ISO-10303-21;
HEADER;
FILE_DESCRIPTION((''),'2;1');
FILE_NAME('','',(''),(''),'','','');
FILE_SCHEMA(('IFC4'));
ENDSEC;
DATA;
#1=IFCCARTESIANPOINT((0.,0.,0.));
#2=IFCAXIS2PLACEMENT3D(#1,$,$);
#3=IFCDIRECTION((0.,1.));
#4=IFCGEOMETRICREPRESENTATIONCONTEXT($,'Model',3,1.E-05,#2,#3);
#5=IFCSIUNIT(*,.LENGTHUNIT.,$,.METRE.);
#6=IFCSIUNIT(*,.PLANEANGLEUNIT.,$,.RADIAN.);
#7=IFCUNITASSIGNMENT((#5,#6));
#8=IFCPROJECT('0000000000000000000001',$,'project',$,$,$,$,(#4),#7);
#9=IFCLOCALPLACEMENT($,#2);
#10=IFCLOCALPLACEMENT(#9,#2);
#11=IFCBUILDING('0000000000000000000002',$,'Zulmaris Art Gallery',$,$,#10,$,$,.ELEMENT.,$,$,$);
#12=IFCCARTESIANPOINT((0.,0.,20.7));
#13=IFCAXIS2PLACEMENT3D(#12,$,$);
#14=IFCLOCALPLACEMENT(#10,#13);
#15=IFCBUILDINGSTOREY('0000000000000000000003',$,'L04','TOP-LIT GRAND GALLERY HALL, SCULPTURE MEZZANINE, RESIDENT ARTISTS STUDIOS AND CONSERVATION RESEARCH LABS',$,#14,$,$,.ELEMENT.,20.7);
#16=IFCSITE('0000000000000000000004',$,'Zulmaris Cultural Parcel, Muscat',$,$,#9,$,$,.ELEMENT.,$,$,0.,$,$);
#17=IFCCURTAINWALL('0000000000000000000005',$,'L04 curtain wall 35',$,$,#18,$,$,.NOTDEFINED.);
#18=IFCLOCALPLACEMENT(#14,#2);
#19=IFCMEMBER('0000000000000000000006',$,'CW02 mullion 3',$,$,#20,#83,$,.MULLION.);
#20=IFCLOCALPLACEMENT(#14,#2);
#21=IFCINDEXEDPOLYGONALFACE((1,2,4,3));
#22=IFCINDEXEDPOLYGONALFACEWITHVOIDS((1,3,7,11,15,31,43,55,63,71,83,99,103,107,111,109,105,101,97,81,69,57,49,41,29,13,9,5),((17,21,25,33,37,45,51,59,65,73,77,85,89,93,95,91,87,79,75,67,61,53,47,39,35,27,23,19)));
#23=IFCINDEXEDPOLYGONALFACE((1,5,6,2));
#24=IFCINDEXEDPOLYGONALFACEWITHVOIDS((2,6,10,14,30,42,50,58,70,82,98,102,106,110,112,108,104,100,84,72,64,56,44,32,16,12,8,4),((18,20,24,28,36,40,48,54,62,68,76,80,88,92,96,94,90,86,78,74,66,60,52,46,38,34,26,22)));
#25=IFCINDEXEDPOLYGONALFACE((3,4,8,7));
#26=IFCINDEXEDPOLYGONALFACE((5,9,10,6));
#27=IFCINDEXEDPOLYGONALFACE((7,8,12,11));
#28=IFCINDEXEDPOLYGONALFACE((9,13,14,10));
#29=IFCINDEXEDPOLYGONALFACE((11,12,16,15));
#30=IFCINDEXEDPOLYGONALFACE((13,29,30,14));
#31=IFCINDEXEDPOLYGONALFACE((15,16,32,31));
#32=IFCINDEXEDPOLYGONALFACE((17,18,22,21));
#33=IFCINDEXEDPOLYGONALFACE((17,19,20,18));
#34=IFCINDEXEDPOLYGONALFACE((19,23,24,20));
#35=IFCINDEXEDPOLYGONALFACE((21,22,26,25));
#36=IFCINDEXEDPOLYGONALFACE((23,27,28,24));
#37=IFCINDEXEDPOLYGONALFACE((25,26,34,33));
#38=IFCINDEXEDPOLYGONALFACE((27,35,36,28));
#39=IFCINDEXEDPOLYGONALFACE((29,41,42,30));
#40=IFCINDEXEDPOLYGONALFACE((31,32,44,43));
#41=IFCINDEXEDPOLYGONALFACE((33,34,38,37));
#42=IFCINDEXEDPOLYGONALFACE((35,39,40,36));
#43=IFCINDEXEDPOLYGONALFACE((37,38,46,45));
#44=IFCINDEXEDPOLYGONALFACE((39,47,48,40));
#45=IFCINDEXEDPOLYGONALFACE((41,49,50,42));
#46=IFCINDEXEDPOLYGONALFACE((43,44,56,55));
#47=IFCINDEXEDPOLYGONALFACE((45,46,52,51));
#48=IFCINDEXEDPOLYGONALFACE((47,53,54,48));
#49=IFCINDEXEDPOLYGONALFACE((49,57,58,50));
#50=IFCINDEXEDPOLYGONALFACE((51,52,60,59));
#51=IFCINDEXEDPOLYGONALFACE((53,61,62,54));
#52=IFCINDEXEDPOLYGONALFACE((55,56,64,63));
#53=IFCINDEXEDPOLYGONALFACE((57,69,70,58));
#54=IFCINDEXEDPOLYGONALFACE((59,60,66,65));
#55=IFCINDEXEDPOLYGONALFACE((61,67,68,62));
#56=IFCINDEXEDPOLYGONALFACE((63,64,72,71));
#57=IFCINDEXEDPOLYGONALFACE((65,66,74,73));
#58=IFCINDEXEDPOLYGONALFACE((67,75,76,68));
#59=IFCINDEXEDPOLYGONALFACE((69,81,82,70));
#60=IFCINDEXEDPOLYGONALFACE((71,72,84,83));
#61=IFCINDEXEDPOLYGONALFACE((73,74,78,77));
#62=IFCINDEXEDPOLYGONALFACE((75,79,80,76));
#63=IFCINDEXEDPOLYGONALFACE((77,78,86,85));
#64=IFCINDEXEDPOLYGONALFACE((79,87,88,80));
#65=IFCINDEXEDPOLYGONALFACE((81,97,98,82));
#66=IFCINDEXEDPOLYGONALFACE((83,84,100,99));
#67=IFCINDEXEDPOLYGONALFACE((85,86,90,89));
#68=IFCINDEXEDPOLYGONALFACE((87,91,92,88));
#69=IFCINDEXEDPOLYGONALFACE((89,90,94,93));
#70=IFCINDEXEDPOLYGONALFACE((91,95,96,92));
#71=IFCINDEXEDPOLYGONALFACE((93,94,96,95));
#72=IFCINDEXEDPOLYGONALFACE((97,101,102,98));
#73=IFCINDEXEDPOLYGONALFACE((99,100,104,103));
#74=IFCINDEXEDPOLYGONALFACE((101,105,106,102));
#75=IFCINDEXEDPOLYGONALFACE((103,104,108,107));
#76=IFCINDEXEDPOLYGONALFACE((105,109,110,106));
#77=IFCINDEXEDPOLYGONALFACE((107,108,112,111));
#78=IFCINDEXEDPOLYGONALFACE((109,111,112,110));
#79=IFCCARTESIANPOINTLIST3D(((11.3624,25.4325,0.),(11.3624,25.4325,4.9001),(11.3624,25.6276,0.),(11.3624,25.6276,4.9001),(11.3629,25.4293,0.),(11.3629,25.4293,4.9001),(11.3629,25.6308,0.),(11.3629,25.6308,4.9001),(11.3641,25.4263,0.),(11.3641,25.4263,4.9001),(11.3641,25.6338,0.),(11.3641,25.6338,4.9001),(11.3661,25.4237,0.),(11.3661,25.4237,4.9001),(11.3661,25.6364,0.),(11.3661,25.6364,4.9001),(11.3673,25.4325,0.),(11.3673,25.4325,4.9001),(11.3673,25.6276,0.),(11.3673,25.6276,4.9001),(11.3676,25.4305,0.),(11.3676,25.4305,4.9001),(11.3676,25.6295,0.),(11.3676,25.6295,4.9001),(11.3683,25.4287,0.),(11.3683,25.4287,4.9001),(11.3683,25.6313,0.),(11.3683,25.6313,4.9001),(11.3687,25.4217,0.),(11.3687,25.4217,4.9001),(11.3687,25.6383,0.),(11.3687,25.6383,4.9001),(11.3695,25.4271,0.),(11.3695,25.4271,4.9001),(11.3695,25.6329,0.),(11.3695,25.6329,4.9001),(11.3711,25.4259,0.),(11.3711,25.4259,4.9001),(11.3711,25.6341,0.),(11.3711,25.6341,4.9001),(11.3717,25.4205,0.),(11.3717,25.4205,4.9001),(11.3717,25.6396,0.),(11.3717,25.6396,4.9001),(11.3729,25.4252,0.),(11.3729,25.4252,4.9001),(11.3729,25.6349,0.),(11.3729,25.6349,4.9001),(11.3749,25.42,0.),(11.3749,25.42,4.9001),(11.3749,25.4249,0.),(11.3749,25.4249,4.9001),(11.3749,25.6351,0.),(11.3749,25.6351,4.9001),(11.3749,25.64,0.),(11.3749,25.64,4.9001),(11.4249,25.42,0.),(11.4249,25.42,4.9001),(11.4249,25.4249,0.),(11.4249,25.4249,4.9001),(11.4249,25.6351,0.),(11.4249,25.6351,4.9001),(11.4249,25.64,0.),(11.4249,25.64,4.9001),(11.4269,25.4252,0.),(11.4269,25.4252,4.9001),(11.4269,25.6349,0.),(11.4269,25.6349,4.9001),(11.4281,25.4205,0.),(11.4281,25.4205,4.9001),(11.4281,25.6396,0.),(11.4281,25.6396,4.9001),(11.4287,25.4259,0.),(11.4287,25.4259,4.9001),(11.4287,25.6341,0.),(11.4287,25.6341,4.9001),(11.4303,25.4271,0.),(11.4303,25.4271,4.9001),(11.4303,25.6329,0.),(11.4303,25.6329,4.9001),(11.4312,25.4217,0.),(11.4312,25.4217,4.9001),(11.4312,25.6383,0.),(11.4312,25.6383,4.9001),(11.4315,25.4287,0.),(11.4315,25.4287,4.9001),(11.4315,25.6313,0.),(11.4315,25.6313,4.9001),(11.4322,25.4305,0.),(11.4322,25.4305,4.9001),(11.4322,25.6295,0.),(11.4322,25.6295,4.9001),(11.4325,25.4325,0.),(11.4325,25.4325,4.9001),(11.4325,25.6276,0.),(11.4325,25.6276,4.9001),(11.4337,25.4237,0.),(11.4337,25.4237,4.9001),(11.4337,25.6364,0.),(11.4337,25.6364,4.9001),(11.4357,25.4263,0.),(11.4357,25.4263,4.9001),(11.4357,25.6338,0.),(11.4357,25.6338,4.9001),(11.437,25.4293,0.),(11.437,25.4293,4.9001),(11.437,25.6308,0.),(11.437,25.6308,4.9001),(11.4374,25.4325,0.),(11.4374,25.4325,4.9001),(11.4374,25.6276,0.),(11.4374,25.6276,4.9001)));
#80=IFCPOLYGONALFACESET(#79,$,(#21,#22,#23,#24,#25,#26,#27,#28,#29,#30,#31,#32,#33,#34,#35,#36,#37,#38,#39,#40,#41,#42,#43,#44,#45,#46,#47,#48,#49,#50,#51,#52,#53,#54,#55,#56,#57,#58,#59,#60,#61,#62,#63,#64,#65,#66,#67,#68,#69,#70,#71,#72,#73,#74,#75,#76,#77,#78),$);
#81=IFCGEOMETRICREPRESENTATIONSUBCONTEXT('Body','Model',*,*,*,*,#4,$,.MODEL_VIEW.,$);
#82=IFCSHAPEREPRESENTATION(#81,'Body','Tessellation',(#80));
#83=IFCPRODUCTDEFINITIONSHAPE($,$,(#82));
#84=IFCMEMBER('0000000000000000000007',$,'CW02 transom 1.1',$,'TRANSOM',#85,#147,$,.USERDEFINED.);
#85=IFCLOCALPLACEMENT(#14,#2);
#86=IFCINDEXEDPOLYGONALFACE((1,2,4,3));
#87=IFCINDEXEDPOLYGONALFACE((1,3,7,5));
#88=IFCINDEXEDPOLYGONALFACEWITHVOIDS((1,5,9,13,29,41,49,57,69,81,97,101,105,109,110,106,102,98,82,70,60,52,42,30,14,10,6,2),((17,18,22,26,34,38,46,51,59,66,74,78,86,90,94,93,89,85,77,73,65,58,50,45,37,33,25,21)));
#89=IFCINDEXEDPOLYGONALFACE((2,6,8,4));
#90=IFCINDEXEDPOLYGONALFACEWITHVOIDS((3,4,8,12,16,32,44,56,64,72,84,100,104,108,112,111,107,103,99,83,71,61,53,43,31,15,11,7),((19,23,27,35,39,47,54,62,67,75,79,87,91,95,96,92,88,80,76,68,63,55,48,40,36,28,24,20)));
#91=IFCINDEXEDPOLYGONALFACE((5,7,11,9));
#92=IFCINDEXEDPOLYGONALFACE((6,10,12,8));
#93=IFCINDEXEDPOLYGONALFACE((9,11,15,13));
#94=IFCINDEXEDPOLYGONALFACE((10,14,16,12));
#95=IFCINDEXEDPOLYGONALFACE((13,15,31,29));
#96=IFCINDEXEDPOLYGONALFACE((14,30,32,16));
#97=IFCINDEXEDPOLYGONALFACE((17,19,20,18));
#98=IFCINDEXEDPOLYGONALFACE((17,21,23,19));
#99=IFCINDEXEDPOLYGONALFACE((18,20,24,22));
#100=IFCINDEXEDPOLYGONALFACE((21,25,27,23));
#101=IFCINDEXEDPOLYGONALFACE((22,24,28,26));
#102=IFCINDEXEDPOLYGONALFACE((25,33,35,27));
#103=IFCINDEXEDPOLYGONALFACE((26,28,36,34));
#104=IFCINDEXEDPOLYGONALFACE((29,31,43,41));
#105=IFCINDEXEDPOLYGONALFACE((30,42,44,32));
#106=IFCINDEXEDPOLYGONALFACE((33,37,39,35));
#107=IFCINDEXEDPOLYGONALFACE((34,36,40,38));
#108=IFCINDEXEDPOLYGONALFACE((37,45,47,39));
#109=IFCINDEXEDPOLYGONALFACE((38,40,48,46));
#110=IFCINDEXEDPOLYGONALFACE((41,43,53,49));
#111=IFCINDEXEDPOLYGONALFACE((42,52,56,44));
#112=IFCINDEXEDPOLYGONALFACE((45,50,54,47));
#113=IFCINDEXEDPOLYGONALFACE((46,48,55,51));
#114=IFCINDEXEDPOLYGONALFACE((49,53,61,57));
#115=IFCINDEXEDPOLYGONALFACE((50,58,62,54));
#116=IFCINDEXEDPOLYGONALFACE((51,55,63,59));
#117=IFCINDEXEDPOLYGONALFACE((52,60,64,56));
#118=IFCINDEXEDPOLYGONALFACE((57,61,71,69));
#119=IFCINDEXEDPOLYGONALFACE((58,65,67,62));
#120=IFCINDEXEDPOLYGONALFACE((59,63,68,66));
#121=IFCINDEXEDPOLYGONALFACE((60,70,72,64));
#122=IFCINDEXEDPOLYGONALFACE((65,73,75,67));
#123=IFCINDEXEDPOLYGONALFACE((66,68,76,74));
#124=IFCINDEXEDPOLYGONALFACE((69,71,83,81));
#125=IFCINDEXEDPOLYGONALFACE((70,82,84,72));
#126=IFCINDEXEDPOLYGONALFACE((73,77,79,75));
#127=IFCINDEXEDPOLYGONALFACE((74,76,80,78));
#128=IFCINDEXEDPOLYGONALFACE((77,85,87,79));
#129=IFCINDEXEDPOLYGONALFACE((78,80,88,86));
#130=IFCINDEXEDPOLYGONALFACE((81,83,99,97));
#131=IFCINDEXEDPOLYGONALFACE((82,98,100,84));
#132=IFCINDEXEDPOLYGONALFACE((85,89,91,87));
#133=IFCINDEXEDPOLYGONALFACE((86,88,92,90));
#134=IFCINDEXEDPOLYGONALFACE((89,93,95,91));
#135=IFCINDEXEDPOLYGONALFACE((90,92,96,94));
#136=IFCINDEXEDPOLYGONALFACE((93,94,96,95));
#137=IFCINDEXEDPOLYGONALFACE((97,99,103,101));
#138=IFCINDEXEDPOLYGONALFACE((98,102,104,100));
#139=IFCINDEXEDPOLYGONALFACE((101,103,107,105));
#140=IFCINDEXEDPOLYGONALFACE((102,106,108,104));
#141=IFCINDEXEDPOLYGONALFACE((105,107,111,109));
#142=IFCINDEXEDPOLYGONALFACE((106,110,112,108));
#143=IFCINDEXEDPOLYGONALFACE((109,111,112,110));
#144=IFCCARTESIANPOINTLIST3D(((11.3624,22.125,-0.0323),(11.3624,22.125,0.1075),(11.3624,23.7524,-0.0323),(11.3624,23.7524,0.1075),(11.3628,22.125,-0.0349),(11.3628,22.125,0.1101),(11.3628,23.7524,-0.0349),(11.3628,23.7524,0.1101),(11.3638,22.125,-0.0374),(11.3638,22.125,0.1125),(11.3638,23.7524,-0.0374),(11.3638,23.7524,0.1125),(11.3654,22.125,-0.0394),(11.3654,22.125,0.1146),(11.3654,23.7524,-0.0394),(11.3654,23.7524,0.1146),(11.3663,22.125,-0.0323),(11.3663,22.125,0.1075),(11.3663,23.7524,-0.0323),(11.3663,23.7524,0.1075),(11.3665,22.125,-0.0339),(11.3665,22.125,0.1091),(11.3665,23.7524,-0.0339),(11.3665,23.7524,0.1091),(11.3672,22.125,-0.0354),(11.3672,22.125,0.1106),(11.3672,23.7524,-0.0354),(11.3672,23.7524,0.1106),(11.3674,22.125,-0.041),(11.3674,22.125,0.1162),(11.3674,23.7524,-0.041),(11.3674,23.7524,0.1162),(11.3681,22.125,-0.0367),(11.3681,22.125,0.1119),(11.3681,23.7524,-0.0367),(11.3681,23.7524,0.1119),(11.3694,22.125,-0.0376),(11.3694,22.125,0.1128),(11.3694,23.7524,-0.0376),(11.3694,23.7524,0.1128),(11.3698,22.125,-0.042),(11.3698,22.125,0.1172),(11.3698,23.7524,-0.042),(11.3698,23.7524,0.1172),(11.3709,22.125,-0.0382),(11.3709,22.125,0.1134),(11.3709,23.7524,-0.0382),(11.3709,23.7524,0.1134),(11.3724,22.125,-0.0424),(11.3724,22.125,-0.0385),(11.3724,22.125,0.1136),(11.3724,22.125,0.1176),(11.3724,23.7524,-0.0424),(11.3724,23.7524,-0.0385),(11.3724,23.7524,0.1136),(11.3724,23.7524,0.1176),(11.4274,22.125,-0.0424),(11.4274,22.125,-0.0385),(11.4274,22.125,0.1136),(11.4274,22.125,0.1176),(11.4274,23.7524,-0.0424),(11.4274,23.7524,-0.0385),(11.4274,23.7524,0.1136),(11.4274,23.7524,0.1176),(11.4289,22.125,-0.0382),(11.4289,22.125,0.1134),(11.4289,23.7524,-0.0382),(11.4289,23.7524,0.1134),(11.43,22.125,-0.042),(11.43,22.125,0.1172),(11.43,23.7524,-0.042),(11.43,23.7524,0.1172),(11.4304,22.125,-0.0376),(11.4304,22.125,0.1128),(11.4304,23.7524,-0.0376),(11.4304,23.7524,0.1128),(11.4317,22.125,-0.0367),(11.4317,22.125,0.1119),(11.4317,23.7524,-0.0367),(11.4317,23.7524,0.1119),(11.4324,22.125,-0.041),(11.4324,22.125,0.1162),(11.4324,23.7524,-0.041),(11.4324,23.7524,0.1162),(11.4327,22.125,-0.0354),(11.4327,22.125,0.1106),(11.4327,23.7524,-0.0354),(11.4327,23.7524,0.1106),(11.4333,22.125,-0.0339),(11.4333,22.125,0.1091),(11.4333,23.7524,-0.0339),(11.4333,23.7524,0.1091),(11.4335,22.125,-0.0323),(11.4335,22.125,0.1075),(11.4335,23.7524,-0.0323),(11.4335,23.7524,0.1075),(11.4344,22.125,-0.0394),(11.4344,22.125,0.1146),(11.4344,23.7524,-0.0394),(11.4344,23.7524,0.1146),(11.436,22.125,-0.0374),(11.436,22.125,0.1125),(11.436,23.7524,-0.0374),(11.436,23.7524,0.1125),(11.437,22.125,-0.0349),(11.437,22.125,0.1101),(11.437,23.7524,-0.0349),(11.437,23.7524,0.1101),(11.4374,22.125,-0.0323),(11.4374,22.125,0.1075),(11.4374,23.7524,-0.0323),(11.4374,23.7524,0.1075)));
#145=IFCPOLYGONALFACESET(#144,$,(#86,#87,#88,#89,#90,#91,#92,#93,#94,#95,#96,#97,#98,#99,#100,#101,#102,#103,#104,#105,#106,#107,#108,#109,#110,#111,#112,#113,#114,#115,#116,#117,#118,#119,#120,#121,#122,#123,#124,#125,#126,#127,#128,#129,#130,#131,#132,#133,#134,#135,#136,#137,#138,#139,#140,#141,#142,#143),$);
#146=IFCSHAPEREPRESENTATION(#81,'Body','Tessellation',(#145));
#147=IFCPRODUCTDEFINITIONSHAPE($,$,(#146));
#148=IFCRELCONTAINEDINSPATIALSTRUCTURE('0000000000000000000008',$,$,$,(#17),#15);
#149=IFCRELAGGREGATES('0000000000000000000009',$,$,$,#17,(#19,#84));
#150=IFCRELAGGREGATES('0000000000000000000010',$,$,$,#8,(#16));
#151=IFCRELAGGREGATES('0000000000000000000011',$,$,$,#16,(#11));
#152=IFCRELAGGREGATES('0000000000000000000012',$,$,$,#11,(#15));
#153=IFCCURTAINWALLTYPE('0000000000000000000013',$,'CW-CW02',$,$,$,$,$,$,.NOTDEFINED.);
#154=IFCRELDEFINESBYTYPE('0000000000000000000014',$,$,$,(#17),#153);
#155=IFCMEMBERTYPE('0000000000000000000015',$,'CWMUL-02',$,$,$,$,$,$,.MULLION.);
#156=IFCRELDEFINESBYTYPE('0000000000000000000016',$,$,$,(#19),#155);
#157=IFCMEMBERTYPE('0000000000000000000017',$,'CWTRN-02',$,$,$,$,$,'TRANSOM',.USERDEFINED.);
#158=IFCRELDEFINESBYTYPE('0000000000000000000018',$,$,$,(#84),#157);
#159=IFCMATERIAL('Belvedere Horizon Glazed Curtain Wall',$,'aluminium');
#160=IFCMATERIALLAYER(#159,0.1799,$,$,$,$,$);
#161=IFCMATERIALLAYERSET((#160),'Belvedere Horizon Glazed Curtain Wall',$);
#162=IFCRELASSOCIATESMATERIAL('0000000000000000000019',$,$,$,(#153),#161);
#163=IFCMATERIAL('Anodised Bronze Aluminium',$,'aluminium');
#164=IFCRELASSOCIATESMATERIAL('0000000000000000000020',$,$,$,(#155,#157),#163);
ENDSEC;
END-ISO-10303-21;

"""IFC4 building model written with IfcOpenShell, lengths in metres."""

from ifc_helpers import new_model, si_unit, direction, frame, origin, origin_2d, place, context, subcontext, project, spatial, hollow_rectangle, extrude, material, layer, layer_set, material_profile, profile_set, type_object, element, aggregate, save


model = new_model("IFC4")

# Units and contexts
model_context = context("Model", 3, precision=1e-05, world=origin(), true_north=direction((0.0, 1.0)))
body_context = subcontext(model_context, "Body", "Model", "MODEL_VIEW")
ifc_project = project(units=[si_unit("LENGTHUNIT", "METRE"), si_unit("PLANEANGLEUNIT", "RADIAN")], contexts=[model_context])

# Site, building, storey
site_placement = place(None, origin())
site = spatial("IfcSite", under=ifc_project, at=site_placement, Name="Zulmaris Cultural Parcel, Muscat", CompositionType="ELEMENT", RefElevation=0.0)
building_placement = place(site_placement, origin())
building = spatial("IfcBuilding", under=site, at=building_placement, Name="Zulmaris Art Gallery", CompositionType="ELEMENT")
storey_placement = place(building_placement, frame((0.0, 0.0, 20.7)))
storey = spatial("IfcBuildingStorey", under=building, at=storey_placement, Name="L04", Description="TOP-LIT GRAND GALLERY HALL, SCULPTURE MEZZANINE, RESIDENT ARTISTS STUDIOS AND CONSERVATION RESEARCH LABS", CompositionType="ELEMENT", Elevation=20.7)

# Curtain wall, members
ifc_material_1 = material(Name="Belvedere Horizon Glazed Curtain Wall", Category="aluminium")
ifc_layer_1 = layer(ifc_material_1, 0.1799)
ifc_layer_set_1 = layer_set([ifc_layer_1], Name="Belvedere Horizon Glazed Curtain Wall")
curtain_wall_type = type_object("IfcCurtainWallType", Name="CW-CW02", PredefinedType="NOTDEFINED", material=ifc_layer_set_1)
curtain_wall_placement = place(storey_placement, origin())
curtain_wall = element("IfcCurtainWall", 1, at=curtain_wall_placement, inside=storey, type_object=curtain_wall_type, Name="L04 curtain wall 35", PredefinedType="NOTDEFINED")
ifc_material_2 = material(Name="Anodised Bronze Aluminium", Category="aluminium")
ifc_material_profile_1 = material_profile(ifc_material_2, hollow_rectangle(XDim=0.075, YDim=0.22, WallThickness=0.0049, InnerFilletRadius=0.0076, OuterFilletRadius=0.0125, at=origin_2d()), Name="ALU 75x220x5")
ifc_profile_set_1 = profile_set([ifc_material_profile_1], Name="Anodised Bronze Aluminium")
member_type_1 = type_object("IfcMemberType", Name="CWMUL-02", PredefinedType="MULLION", material=ifc_profile_set_1)
member_1_placement = place(storey_placement, frame((11.3999, 25.53, 0.0), z_axis=(0.0, 0.0, 1.0), x_axis=(-1.0, 0.0, 0.0)))
member_1 = element("IfcMember", 2, at=member_1_placement, type_object=member_type_1, Name="CW02 mullion 3", PredefinedType="MULLION", context=body_context, shape_type="SweptSolid", body=[
    extrude(hollow_rectangle(XDim=0.075, YDim=0.22, WallThickness=0.0049, InnerFilletRadius=0.0076, OuterFilletRadius=0.0125, at=origin_2d()), origin(), (0.0, 0.0, 1.0), 4.9001),
])
ifc_material_profile_2 = material_profile(ifc_material_2, hollow_rectangle(XDim=0.075, YDim=0.1599, WallThickness=0.0039, InnerFilletRadius=0.0061, OuterFilletRadius=0.01, at=origin_2d()), Name="ALU 75x160x4")
ifc_profile_set_2 = profile_set([ifc_material_profile_2], Name="Anodised Bronze Aluminium")
member_type_2 = type_object("IfcMemberType", Name="CWTRN-02", ElementType="TRANSOM", PredefinedType="USERDEFINED", material=ifc_profile_set_2)
member_2_placement = place(storey_placement, frame((11.3999, 22.125, 0.0376), z_axis=(0.0, 1.0, 0.0), x_axis=(-1.0, 0.0, 0.0)))
member_2 = element("IfcMember", 3, at=member_2_placement, type_object=member_type_2, Name="CW02 transom 1.1", ObjectType="TRANSOM", PredefinedType="USERDEFINED", context=body_context, shape_type="SweptSolid", body=[
    extrude(hollow_rectangle(XDim=0.075, YDim=0.1599, WallThickness=0.0039, InnerFilletRadius=0.0061, OuterFilletRadius=0.01, at=origin_2d()), origin(), (0.0, 0.0, 1.0), 1.6274),
])

aggregate(curtain_wall, [member_1, member_2])

save(model, "model.ifc")
